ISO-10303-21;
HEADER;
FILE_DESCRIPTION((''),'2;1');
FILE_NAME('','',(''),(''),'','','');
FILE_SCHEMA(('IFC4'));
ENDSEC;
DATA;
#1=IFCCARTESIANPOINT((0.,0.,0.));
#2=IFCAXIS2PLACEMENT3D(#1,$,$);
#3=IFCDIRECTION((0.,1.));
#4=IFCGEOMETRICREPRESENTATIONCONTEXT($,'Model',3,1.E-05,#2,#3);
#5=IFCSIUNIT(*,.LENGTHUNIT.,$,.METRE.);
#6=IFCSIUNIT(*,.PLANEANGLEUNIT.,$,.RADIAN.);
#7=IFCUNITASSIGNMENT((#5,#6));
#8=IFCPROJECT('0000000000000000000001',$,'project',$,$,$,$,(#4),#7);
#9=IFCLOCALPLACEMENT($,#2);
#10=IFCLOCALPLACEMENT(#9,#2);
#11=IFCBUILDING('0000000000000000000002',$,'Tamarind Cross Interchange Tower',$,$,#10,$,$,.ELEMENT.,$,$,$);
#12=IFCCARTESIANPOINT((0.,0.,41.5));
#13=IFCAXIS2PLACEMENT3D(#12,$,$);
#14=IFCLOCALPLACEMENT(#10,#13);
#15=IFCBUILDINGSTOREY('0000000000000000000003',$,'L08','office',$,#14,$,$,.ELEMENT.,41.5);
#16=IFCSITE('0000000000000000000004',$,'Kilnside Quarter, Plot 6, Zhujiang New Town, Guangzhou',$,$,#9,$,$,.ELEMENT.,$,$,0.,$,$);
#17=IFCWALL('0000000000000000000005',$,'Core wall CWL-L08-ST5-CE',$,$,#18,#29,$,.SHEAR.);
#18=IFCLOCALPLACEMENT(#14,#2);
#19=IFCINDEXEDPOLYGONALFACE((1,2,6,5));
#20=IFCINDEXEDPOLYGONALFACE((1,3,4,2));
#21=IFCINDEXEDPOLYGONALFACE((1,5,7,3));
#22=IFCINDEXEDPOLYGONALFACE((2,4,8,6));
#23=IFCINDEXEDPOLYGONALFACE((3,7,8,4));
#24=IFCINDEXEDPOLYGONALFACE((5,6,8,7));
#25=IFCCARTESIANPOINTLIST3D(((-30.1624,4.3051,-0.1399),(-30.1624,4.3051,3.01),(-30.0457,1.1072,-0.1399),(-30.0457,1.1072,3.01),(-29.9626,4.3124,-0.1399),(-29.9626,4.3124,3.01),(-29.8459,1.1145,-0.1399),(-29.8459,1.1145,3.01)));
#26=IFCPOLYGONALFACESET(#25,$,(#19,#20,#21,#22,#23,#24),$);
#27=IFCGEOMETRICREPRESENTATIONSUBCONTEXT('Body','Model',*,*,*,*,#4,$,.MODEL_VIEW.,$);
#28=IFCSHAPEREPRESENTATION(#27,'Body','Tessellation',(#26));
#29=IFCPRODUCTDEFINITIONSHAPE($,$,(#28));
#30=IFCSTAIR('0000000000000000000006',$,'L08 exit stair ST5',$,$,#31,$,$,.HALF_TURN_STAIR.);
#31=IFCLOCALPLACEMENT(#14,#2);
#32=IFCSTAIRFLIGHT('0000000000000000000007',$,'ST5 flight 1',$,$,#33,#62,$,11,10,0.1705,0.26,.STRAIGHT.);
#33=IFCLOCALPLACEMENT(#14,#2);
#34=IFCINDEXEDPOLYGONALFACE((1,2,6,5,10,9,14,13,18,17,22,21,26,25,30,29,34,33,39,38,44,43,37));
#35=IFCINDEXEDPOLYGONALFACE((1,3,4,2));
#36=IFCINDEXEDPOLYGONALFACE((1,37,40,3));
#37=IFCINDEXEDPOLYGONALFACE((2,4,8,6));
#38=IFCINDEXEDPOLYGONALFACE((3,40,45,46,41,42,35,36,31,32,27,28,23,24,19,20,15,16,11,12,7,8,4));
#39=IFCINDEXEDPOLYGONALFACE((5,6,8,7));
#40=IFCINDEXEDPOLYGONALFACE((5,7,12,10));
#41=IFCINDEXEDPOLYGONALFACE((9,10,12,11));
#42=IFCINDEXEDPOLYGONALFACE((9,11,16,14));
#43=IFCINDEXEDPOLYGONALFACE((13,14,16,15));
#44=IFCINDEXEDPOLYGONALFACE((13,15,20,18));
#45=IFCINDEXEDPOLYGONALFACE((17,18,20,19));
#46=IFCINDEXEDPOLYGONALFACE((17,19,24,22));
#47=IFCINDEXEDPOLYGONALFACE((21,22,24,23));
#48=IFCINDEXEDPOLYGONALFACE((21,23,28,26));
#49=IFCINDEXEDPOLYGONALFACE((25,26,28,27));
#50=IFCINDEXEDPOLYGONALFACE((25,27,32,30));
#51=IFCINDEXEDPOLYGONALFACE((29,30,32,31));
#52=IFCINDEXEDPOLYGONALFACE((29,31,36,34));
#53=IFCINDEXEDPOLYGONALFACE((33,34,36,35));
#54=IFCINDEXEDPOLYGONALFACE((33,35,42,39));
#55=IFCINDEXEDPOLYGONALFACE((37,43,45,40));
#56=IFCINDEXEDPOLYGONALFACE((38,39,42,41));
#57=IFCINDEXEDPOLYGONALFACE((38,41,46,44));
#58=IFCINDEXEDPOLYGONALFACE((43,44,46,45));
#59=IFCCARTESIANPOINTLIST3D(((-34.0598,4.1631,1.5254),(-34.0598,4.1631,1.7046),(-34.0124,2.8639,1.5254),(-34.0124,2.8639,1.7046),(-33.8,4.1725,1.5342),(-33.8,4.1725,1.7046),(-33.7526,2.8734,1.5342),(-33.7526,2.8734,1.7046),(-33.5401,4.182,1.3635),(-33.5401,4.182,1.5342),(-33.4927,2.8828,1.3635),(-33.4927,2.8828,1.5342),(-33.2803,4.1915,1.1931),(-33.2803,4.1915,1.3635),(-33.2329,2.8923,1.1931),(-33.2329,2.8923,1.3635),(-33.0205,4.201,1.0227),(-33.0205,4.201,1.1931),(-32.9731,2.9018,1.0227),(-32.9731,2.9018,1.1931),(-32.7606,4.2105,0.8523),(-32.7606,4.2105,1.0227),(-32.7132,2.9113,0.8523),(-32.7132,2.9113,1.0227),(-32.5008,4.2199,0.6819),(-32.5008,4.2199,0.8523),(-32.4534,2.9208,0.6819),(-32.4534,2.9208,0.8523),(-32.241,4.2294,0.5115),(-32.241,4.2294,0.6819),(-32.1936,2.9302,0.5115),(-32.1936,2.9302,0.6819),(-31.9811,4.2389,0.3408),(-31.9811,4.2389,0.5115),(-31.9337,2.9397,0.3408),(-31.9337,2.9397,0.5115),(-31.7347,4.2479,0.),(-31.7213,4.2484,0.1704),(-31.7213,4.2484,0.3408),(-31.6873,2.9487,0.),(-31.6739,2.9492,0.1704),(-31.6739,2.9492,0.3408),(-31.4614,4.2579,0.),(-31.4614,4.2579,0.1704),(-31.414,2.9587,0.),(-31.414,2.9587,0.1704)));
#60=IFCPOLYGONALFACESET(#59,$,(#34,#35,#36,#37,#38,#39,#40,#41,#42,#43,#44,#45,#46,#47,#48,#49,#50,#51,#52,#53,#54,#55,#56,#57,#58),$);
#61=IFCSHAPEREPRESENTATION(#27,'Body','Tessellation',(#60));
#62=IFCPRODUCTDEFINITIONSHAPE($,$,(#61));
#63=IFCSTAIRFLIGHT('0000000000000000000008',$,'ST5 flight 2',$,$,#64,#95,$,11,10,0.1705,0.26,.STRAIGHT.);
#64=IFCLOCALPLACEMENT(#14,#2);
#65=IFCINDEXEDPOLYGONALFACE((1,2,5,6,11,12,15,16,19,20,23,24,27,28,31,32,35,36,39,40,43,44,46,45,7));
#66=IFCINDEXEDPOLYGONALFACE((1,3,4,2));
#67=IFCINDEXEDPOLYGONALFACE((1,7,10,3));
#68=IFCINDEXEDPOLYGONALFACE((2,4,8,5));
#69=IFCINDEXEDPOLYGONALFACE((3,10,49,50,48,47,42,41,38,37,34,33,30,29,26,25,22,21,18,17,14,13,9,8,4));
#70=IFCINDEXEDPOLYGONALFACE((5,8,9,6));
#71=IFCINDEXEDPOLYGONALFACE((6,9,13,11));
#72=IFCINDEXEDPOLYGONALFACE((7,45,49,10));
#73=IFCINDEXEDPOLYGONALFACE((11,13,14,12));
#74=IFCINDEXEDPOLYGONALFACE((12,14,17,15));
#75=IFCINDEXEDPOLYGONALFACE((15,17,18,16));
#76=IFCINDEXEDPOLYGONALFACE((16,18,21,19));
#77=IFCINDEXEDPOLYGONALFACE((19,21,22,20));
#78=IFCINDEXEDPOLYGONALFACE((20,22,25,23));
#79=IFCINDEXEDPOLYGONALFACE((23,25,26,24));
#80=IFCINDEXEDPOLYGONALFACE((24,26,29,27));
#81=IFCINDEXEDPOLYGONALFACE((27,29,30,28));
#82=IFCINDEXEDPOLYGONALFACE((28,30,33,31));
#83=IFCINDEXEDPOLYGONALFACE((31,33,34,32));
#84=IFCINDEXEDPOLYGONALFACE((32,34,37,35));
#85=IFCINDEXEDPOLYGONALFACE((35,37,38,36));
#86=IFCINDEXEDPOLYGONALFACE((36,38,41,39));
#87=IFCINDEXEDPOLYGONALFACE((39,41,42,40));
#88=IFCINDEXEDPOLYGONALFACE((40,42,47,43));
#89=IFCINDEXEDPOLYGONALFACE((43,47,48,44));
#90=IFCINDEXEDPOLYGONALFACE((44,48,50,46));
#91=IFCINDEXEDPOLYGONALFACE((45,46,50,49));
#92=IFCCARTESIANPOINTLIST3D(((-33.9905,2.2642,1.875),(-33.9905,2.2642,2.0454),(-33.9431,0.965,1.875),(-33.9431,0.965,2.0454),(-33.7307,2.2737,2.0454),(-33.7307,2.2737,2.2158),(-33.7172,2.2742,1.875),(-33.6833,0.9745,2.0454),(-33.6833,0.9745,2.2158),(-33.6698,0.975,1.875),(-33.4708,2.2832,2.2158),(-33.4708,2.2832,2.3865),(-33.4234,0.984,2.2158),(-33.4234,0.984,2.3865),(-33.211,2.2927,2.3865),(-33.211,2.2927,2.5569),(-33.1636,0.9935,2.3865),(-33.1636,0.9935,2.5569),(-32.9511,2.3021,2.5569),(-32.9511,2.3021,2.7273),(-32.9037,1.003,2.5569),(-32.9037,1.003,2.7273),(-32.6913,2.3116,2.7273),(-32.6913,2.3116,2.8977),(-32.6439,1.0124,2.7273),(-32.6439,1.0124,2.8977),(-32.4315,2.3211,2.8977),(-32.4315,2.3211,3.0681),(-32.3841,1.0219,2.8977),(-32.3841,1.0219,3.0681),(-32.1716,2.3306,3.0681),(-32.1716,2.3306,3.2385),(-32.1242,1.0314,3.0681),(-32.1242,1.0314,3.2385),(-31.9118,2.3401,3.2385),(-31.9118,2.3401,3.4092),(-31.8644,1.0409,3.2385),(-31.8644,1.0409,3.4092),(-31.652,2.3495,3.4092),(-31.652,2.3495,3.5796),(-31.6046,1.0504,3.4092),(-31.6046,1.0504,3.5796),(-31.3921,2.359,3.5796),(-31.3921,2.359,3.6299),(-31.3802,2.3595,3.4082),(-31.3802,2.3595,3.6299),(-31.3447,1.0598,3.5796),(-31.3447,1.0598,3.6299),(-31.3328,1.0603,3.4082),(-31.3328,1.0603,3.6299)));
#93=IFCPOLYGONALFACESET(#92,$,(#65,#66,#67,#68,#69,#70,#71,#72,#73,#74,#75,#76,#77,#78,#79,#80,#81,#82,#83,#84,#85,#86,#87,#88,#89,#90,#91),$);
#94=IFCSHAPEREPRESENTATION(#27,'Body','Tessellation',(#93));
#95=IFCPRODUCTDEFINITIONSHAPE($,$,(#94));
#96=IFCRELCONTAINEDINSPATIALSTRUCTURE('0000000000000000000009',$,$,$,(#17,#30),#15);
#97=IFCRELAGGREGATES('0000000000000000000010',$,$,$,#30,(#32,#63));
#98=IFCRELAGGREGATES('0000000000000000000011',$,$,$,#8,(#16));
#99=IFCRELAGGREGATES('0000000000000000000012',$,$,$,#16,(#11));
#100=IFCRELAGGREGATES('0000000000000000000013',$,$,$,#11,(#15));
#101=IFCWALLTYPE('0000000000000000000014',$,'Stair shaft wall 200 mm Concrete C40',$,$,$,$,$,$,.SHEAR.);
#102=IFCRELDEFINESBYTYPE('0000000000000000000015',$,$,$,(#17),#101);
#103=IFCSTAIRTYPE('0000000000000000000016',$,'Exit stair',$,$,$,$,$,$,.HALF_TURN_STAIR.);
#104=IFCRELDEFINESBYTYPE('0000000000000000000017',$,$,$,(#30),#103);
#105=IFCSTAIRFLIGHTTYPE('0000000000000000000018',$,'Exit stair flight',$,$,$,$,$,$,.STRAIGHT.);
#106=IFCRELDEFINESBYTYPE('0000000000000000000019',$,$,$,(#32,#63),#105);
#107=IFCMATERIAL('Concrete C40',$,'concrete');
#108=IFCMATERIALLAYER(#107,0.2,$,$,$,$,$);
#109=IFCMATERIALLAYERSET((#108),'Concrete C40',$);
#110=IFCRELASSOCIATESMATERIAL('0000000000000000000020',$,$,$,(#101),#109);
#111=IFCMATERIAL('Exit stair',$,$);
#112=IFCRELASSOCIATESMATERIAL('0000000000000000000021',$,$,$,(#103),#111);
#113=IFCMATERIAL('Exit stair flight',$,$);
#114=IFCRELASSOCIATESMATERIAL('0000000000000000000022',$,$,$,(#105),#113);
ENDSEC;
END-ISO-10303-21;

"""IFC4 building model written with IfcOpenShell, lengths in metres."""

from ifc_helpers import new_model, si_unit, direction, frame, frame_2d, origin, place, context, subcontext, project, spatial, polyline, rectangle, outline, extrude, material, layer, layer_set, type_object, element, aggregate, save


model = new_model("IFC4")

# Units and contexts
model_context = context("Model", 3, precision=1e-05, world=origin(), true_north=direction((0.0, 1.0)))
body_context = subcontext(model_context, "Body", "Model", "MODEL_VIEW")
ifc_project = project(units=[si_unit("LENGTHUNIT", "METRE"), si_unit("PLANEANGLEUNIT", "RADIAN")], contexts=[model_context])

# Site, building, storey
site_placement = place(None, origin())
site = spatial("IfcSite", under=ifc_project, at=site_placement, Name="Kilnside Quarter, Plot 6, Zhujiang New Town, Guangzhou", CompositionType="ELEMENT", RefElevation=0.0)
building_placement = place(site_placement, origin())
building = spatial("IfcBuilding", under=site, at=building_placement, Name="Tamarind Cross Interchange Tower", CompositionType="ELEMENT")
storey_placement = place(building_placement, frame((0.0, 0.0, 41.5)))
storey = spatial("IfcBuildingStorey", under=building, at=storey_placement, Name="L08", Description="office", CompositionType="ELEMENT", Elevation=41.5)

# Shared definitions
ifc_material_1 = material(Name="Concrete C40", Category="concrete")
ifc_layer_1 = layer(ifc_material_1, 0.2)
ifc_layer_set_1 = layer_set([ifc_layer_1], Name="Concrete C40")
wall_type_1 = type_object("IfcWallType", Name="Stair shaft wall 200 mm Concrete C40", PredefinedType="SHEAR", material=ifc_layer_set_1)

# Wall
wall_1_placement = place(storey_placement, frame((-30.0625, 4.3088, -0.1399), z_axis=(0.0, 0.0, 1.0), x_axis=(0.03647, -0.999335, 0.0)))
element("IfcWall", 1, at=wall_1_placement, inside=storey, type_object=wall_type_1, Name="Core wall CWL-L08-ST5-CE", PredefinedType="SHEAR", context=body_context, shape_type="SweptSolid", body=[
    extrude(rectangle(XDim=3.2, YDim=0.2, at=frame_2d((1.6001, 0.0))), origin(), (0.0, 0.0, 1.0), 3.1499),
])

# Stair, stair flights
ifc_material_2 = material(Name="Exit stair")
stair_type = type_object("IfcStairType", Name="Exit stair", PredefinedType="HALF_TURN_STAIR", material=ifc_material_2)
stair_placement = place(storey_placement, origin())
stair = element("IfcStair", 2, at=stair_placement, inside=storey, type_object=stair_type, Name="L08 exit stair ST5", PredefinedType="HALF_TURN_STAIR")
ifc_material_3 = material(Name="Exit stair flight")
stair_flight_type = type_object("IfcStairFlightType", Name="Exit stair flight", PredefinedType="STRAIGHT", material=ifc_material_3)
stair_flight_1_placement = place(storey_placement, frame((-31.4377, 3.6082, 0.0), z_axis=(0.0, 0.0, 1.0), x_axis=(-0.999335, -0.036462, 0.0)))
stair_flight_1 = element("IfcStairFlight", 3, at=stair_flight_1_placement, type_object=stair_flight_type, Name="ST5 flight 1", NumberOfRisers=11, NumberOfTreads=10, PredefinedType="STRAIGHT", RiserHeight=0.1705, TreadLength=0.26, context=body_context, shape_type="SweptSolid", body=[
    extrude(outline(polyline([(0.0, 0.0), (0.0, 0.1704), (0.26, 0.1704), (0.26, 0.3408), (0.52, 0.3408), (0.52, 0.5115), (0.78, 0.5115), (0.78, 0.6819), (1.04, 0.6819), (1.04, 0.8523), (1.3, 0.8523), (1.3, 1.0227), (1.5601, 1.0227), (1.5601, 1.1931), (1.8201, 1.1931), (1.8201, 1.3635), (2.0801, 1.3635), (2.0801, 1.5342), (2.3401, 1.5342), (2.3401, 1.7046), (2.6001, 1.7046), (2.6001, 1.875), (2.6001, 1.5254), (0.2734, 0.0), (0.0, 0.0)])), frame((0.0, 0.6499, 0.0), z_axis=(0.0, -1.0, 0.0), x_axis=(1.0, 0.0, 0.0)), (0.0, 0.0, 1.0), 1.3),
])
stair_flight_2_placement = place(storey_placement, frame((-33.9668, 1.6147, 1.875), z_axis=(0.0, 0.0, 1.0), x_axis=(0.999335, 0.036462, 0.0)))
stair_flight_2 = element("IfcStairFlight", 4, at=stair_flight_2_placement, type_object=stair_flight_type, Name="ST5 flight 2", NumberOfRisers=11, NumberOfTreads=10, PredefinedType="STRAIGHT", RiserHeight=0.1705, TreadLength=0.26, context=body_context, shape_type="SweptSolid", body=[
    extrude(outline(polyline([(0.0, 0.0), (0.0, 0.1704), (0.26, 0.1704), (0.26, 0.3408), (0.52, 0.3408), (0.52, 0.5115), (0.78, 0.5115), (0.78, 0.6819), (1.04, 0.6819), (1.04, 0.8523), (1.3, 0.8523), (1.3, 1.0227), (1.5601, 1.0227), (1.5601, 1.1931), (1.8201, 1.1931), (1.8201, 1.3635), (2.0801, 1.3635), (2.0801, 1.5342), (2.3401, 1.5342), (2.3401, 1.7046), (2.6001, 1.7046), (2.6001, 1.7549), (2.6121, 1.7549), (2.6121, 1.5332), (0.2734, 0.0), (0.0, 0.0)])), frame((0.0, 0.6499, 0.0), z_axis=(0.0, -1.0, 0.0), x_axis=(1.0, 0.0, 0.0)), (0.0, 0.0, 1.0), 1.3),
])
aggregate(stair, [stair_flight_1, stair_flight_2])

save(model, "model.ifc")
